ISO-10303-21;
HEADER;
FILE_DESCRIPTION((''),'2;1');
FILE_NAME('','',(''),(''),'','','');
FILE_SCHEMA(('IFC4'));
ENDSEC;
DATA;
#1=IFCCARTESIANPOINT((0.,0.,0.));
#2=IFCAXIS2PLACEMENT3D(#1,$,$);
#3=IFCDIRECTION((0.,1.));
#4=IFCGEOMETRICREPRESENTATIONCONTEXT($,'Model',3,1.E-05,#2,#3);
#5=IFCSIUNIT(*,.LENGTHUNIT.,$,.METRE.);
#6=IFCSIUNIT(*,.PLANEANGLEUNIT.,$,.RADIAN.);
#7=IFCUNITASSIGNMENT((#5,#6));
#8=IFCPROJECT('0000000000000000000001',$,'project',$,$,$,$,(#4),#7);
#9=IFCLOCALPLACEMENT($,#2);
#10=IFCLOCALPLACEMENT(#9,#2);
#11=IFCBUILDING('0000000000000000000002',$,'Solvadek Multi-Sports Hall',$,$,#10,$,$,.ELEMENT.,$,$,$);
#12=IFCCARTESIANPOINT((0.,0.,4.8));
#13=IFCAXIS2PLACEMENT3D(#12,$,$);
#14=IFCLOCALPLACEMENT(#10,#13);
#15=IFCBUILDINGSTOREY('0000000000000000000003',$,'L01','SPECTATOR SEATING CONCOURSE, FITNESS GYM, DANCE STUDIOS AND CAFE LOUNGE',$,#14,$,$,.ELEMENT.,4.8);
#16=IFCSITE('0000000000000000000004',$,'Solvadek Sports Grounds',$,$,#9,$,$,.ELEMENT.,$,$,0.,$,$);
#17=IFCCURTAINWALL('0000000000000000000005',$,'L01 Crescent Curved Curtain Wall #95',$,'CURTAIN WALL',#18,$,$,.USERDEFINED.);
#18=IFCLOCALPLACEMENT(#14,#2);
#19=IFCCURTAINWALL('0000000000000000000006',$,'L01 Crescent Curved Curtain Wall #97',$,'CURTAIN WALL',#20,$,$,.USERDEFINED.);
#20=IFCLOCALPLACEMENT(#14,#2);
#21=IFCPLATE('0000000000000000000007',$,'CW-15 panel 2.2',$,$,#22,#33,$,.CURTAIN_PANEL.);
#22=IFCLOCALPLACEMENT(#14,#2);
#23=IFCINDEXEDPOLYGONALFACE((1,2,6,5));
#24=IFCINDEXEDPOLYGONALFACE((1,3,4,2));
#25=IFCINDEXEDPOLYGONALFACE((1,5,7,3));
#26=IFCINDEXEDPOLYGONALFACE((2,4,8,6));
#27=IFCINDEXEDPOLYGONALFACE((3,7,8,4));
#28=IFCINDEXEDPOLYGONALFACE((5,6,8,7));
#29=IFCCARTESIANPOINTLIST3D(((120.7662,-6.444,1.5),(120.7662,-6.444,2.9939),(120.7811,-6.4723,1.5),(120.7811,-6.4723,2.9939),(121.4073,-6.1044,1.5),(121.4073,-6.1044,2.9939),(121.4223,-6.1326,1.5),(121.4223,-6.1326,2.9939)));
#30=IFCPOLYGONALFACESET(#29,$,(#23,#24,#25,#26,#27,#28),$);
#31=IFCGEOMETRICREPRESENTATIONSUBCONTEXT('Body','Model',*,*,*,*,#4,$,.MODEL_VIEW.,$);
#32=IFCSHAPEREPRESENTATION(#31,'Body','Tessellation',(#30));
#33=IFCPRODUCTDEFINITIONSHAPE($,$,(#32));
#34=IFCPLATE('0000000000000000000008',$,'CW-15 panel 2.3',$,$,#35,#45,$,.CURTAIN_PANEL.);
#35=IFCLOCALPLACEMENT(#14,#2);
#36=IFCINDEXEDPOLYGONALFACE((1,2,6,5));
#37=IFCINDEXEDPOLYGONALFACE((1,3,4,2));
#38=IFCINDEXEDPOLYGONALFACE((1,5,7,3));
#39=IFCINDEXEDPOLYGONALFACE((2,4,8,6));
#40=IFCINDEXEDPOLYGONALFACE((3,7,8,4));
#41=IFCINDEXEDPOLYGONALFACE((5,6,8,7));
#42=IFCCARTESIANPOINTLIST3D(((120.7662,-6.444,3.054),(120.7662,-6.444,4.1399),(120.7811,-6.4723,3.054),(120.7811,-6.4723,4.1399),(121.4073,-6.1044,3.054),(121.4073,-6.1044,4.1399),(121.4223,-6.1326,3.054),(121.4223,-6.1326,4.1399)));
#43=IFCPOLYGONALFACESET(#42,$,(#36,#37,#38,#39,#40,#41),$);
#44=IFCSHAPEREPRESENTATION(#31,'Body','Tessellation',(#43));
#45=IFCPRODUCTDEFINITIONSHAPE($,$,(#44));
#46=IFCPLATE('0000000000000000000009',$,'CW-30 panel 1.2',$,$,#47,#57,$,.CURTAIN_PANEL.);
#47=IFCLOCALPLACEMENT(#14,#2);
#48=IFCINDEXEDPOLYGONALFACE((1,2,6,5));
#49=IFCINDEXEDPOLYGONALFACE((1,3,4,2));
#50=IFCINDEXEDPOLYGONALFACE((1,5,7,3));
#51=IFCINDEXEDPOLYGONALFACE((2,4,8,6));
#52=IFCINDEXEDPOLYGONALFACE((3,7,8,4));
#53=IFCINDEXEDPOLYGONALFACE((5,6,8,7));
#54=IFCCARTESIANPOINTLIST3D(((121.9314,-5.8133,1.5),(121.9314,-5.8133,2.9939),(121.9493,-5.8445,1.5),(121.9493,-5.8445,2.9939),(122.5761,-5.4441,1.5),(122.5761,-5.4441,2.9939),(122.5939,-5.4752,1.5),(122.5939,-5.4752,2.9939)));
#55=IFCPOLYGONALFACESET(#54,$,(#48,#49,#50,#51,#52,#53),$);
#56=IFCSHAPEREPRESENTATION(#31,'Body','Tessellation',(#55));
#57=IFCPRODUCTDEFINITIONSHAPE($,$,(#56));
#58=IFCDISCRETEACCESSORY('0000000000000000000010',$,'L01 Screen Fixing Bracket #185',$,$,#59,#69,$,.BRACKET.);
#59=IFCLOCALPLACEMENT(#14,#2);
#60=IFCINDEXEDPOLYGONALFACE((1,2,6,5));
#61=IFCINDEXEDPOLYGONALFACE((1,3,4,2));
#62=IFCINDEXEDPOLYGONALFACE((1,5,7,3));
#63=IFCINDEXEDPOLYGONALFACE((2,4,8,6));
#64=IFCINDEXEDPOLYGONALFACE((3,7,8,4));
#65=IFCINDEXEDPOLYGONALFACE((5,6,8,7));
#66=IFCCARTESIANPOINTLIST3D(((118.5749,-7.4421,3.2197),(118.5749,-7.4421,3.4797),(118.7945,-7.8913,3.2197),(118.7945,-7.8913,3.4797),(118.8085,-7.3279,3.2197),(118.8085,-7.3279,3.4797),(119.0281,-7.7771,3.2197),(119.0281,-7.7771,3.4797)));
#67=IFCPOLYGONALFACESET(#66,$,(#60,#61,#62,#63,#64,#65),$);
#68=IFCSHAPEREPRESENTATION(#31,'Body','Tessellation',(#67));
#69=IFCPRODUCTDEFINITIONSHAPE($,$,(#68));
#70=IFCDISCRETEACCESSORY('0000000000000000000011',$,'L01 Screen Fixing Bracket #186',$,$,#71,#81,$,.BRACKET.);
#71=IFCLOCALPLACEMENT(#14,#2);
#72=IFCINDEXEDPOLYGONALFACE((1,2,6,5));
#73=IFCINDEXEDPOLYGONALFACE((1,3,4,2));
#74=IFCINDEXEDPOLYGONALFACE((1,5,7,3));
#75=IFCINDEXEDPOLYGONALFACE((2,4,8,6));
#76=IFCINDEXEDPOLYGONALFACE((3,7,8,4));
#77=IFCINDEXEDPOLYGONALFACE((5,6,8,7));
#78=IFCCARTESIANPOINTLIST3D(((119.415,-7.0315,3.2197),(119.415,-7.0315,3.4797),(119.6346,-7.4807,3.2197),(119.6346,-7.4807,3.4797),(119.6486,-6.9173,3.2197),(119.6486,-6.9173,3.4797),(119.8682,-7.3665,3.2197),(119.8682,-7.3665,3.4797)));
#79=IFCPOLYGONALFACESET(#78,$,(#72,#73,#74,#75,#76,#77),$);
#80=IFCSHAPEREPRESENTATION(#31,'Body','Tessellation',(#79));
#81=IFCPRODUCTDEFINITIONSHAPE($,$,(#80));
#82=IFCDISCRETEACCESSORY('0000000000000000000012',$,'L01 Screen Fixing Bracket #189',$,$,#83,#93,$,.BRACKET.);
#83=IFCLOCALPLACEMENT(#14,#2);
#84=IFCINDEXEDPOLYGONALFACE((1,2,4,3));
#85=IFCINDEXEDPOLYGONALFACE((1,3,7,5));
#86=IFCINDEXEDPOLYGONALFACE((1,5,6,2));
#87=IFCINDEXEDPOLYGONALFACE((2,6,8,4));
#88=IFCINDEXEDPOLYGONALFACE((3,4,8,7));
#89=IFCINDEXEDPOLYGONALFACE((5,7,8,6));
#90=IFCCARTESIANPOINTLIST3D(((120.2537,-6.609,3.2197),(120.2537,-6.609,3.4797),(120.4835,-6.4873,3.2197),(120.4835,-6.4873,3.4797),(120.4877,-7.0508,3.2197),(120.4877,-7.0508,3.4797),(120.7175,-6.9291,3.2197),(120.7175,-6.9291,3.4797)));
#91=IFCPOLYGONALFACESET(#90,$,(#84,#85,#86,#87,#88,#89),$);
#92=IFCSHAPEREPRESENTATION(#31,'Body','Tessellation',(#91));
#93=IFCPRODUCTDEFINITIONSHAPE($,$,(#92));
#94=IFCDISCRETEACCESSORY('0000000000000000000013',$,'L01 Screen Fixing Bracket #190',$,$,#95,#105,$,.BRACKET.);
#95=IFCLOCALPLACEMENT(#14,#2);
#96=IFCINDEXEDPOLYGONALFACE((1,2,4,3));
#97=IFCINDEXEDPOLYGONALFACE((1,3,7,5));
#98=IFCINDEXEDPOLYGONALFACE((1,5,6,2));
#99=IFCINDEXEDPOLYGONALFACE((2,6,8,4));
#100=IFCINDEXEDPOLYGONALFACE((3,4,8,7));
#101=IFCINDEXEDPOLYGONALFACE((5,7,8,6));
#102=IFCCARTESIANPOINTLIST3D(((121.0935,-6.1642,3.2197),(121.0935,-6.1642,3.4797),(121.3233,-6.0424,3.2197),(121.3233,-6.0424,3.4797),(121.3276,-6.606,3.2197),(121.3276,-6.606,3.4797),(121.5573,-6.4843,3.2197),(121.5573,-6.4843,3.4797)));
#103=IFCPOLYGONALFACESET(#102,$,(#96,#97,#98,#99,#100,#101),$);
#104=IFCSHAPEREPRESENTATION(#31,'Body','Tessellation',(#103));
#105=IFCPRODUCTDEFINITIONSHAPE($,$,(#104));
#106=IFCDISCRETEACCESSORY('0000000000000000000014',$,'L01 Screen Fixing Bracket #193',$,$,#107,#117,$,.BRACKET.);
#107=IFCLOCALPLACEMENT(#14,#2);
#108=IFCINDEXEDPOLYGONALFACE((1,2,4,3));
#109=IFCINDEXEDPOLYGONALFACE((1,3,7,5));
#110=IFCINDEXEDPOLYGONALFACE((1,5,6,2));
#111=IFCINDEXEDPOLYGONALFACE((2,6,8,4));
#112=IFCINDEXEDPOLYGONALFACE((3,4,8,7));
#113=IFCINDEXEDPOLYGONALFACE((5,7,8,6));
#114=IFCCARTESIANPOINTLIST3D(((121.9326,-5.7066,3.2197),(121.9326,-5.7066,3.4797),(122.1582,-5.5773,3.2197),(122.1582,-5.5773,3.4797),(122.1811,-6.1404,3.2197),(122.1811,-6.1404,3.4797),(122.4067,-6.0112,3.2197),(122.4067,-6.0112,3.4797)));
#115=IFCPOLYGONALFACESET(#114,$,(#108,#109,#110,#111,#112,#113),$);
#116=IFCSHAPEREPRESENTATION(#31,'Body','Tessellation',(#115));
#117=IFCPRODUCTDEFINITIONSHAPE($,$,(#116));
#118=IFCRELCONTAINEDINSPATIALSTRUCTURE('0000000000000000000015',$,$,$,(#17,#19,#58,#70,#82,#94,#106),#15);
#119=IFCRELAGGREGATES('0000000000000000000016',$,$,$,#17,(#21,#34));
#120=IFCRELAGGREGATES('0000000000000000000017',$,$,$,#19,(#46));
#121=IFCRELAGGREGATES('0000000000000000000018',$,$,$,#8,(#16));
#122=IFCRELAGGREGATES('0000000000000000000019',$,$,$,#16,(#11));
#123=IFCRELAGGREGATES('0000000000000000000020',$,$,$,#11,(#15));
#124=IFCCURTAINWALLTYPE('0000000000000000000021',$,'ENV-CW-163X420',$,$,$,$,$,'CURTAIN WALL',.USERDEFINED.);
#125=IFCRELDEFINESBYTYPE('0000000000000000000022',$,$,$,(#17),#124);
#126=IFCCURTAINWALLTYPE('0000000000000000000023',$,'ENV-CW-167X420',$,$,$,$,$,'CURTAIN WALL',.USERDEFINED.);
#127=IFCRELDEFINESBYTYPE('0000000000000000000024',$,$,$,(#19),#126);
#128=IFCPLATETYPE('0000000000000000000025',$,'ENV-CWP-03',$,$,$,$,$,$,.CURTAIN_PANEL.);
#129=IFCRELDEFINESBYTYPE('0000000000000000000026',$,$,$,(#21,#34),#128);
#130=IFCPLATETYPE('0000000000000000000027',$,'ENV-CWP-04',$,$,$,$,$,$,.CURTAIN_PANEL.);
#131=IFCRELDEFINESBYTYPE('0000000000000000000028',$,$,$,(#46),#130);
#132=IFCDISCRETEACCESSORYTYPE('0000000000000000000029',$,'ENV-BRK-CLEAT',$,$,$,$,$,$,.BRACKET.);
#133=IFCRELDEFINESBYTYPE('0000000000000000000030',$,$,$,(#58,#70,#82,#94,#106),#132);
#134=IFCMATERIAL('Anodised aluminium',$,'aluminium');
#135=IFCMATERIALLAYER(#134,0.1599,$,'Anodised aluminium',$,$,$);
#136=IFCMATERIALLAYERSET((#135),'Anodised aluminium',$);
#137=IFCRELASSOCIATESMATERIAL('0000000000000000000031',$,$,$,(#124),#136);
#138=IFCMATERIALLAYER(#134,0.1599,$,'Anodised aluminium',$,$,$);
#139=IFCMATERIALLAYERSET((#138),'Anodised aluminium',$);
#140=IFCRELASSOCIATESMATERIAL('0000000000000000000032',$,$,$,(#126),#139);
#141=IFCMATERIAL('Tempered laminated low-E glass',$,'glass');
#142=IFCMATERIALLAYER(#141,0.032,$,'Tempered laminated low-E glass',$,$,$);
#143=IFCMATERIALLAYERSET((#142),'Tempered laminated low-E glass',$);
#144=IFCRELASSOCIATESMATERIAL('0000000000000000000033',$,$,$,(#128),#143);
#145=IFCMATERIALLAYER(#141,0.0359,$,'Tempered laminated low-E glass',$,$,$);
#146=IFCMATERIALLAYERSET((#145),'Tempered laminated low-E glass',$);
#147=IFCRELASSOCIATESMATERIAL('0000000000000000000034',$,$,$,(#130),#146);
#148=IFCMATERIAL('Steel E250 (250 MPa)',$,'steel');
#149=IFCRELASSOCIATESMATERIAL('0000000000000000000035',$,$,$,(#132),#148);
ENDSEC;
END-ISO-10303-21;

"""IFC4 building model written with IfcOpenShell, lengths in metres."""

from ifc_helpers import new_model, si_unit, direction, frame, origin, origin_2d, place, context, subcontext, project, spatial, rectangle, extrude, material, layer, layer_set, type_object, element, aggregate, save


model = new_model("IFC4")

# Units and contexts
model_context = context("Model", 3, precision=1e-05, world=origin(), true_north=direction((0.0, 1.0)))
body_context = subcontext(model_context, "Body", "Model", "MODEL_VIEW")
ifc_project = project(units=[si_unit("LENGTHUNIT", "METRE"), si_unit("PLANEANGLEUNIT", "RADIAN")], contexts=[model_context])

# Site, building, storey
site_placement = place(None, origin())
site = spatial("IfcSite", under=ifc_project, at=site_placement, Name="Solvadek Sports Grounds", CompositionType="ELEMENT", RefElevation=0.0)
building_placement = place(site_placement, origin())
building = spatial("IfcBuilding", under=site, at=building_placement, Name="Solvadek Multi-Sports Hall", CompositionType="ELEMENT")
storey_placement = place(building_placement, frame((0.0, 0.0, 4.8)))
storey = spatial("IfcBuildingStorey", under=building, at=storey_placement, Name="L01", Description="SPECTATOR SEATING CONCOURSE, FITNESS GYM, DANCE STUDIOS AND CAFE LOUNGE", CompositionType="ELEMENT", Elevation=4.8)

# Curtain walls
ifc_material_1 = material(Name="Anodised aluminium", Category="aluminium")
ifc_layer_1 = layer(ifc_material_1, 0.1599, Name="Anodised aluminium")
ifc_layer_set_1 = layer_set([ifc_layer_1], Name="Anodised aluminium")
curtain_wall_type_1 = type_object("IfcCurtainWallType", Name="ENV-CW-163X420", ElementType="CURTAIN WALL", PredefinedType="USERDEFINED", material=ifc_layer_set_1)
curtain_wall_1_placement = place(storey_placement, origin())
curtain_wall_1 = element("IfcCurtainWall", 1, at=curtain_wall_1_placement, inside=storey, type_object=curtain_wall_type_1, Name="L01 Crescent Curved Curtain Wall #95", ObjectType="CURTAIN WALL", PredefinedType="USERDEFINED")
ifc_layer_2 = layer(ifc_material_1, 0.1599, Name="Anodised aluminium")
ifc_layer_set_2 = layer_set([ifc_layer_2], Name="Anodised aluminium")
curtain_wall_type_2 = type_object("IfcCurtainWallType", Name="ENV-CW-167X420", ElementType="CURTAIN WALL", PredefinedType="USERDEFINED", material=ifc_layer_set_2)
curtain_wall_2_placement = place(storey_placement, origin())
curtain_wall_2 = element("IfcCurtainWall", 2, at=curtain_wall_2_placement, inside=storey, type_object=curtain_wall_type_2, Name="L01 Crescent Curved Curtain Wall #97", ObjectType="CURTAIN WALL", PredefinedType="USERDEFINED")

# Shared definitions
ifc_material_2 = material(Name="Steel E250 (250 MPa)", Category="steel")

# Plates
ifc_material_3 = material(Name="Tempered laminated low-E glass", Category="glass")
ifc_layer_3 = layer(ifc_material_3, 0.032, Name="Tempered laminated low-E glass")
ifc_layer_set_3 = layer_set([ifc_layer_3], Name="Tempered laminated low-E glass")
plate_type_1 = type_object("IfcPlateType", Name="ENV-CWP-03", PredefinedType="CURTAIN_PANEL", material=ifc_layer_set_3)
plate_1_placement = place(storey_placement, frame((121.0942, -6.2883, 1.5), z_axis=(0.0, 0.0, 1.0), x_axis=(0.88366, 0.46813, 0.0)))
plate_1 = element("IfcPlate", 3, at=plate_1_placement, type_object=plate_type_1, Name="CW-15 panel 2.2", PredefinedType="CURTAIN_PANEL", context=body_context, shape_type="SweptSolid", body=[
    extrude(rectangle(XDim=0.7256, YDim=0.032, at=origin_2d()), origin(), (0.0, 0.0, 1.0), 1.4939),
])
plate_2_placement = place(storey_placement, frame((121.0942, -6.2883, 3.054), z_axis=(0.0, 0.0, 1.0), x_axis=(0.88366, 0.46813, 0.0)))
plate_2 = element("IfcPlate", 4, at=plate_2_placement, type_object=plate_type_1, Name="CW-15 panel 2.3", PredefinedType="CURTAIN_PANEL", context=body_context, shape_type="SweptSolid", body=[
    extrude(rectangle(XDim=0.7256, YDim=0.032, at=origin_2d()), origin(), (0.0, 0.0, 1.0), 1.0859),
])
aggregate(curtain_wall_1, [plate_1, plate_2])
ifc_layer_4 = layer(ifc_material_3, 0.0359, Name="Tempered laminated low-E glass")
ifc_layer_set_4 = layer_set([ifc_layer_4], Name="Tempered laminated low-E glass")
plate_type_2 = type_object("IfcPlateType", Name="ENV-CWP-04", PredefinedType="CURTAIN_PANEL", material=ifc_layer_set_4)
plate_3_placement = place(storey_placement, frame((122.2627, -5.6443, 1.5), z_axis=(0.0, 0.0, 1.0), x_axis=(0.867755, 0.496992, 0.0)))
plate_3 = element("IfcPlate", 5, at=plate_3_placement, type_object=plate_type_2, Name="CW-30 panel 1.2", PredefinedType="CURTAIN_PANEL", context=body_context, shape_type="SweptSolid", body=[
    extrude(rectangle(XDim=0.7429, YDim=0.0359, at=origin_2d()), origin(), (0.0, 0.0, 1.0), 1.4939),
])
aggregate(curtain_wall_2, [plate_3])

# Discrete accessories
discrete_accessory_type = type_object("IfcDiscreteAccessoryType", Name="ENV-BRK-CLEAT", PredefinedType="BRACKET", material=ifc_material_2)
for number, where, z_axis, x_axis, name in (
    (6, (118.8015, -7.6096, 3.2197), (0.0, 0.0, 1.0), (0.89837, 0.439239, 0.0), "L01 Screen Fixing Bracket #185"),
    (7, (119.6416, -7.199, 3.2197), (0.0, 0.0, 1.0), (0.89837, 0.439239, 0.0), "L01 Screen Fixing Bracket #186"),
    (8, (120.4856, -6.769, 3.2197), (0.0, 0.0, 1.0), (0.883682, 0.468088, 0.0), "L01 Screen Fixing Bracket #189"),
    (9, (121.3254, -6.3242, 3.2197), (0.0, 0.0, 1.0), (0.883682, 0.468088, 0.0), "L01 Screen Fixing Bracket #190"),
    (10, (122.1697, -5.8589, 3.2197), (0.0, 0.0, 1.0), (0.867753, 0.496995, 0.0), "L01 Screen Fixing Bracket #193"),
):
    element("IfcDiscreteAccessory", number, at=place(storey_placement, frame(where, z_axis=z_axis, x_axis=x_axis)), inside=storey, type_object=discrete_accessory_type, Name=name, PredefinedType="BRACKET", context=body_context, shape_type="SweptSolid", body=[
        extrude(rectangle(XDim=0.26, YDim=0.5, at=origin_2d()), origin(), (0.0, 0.0, 1.0), 0.26),
    ])

save(model, "model.ifc")
